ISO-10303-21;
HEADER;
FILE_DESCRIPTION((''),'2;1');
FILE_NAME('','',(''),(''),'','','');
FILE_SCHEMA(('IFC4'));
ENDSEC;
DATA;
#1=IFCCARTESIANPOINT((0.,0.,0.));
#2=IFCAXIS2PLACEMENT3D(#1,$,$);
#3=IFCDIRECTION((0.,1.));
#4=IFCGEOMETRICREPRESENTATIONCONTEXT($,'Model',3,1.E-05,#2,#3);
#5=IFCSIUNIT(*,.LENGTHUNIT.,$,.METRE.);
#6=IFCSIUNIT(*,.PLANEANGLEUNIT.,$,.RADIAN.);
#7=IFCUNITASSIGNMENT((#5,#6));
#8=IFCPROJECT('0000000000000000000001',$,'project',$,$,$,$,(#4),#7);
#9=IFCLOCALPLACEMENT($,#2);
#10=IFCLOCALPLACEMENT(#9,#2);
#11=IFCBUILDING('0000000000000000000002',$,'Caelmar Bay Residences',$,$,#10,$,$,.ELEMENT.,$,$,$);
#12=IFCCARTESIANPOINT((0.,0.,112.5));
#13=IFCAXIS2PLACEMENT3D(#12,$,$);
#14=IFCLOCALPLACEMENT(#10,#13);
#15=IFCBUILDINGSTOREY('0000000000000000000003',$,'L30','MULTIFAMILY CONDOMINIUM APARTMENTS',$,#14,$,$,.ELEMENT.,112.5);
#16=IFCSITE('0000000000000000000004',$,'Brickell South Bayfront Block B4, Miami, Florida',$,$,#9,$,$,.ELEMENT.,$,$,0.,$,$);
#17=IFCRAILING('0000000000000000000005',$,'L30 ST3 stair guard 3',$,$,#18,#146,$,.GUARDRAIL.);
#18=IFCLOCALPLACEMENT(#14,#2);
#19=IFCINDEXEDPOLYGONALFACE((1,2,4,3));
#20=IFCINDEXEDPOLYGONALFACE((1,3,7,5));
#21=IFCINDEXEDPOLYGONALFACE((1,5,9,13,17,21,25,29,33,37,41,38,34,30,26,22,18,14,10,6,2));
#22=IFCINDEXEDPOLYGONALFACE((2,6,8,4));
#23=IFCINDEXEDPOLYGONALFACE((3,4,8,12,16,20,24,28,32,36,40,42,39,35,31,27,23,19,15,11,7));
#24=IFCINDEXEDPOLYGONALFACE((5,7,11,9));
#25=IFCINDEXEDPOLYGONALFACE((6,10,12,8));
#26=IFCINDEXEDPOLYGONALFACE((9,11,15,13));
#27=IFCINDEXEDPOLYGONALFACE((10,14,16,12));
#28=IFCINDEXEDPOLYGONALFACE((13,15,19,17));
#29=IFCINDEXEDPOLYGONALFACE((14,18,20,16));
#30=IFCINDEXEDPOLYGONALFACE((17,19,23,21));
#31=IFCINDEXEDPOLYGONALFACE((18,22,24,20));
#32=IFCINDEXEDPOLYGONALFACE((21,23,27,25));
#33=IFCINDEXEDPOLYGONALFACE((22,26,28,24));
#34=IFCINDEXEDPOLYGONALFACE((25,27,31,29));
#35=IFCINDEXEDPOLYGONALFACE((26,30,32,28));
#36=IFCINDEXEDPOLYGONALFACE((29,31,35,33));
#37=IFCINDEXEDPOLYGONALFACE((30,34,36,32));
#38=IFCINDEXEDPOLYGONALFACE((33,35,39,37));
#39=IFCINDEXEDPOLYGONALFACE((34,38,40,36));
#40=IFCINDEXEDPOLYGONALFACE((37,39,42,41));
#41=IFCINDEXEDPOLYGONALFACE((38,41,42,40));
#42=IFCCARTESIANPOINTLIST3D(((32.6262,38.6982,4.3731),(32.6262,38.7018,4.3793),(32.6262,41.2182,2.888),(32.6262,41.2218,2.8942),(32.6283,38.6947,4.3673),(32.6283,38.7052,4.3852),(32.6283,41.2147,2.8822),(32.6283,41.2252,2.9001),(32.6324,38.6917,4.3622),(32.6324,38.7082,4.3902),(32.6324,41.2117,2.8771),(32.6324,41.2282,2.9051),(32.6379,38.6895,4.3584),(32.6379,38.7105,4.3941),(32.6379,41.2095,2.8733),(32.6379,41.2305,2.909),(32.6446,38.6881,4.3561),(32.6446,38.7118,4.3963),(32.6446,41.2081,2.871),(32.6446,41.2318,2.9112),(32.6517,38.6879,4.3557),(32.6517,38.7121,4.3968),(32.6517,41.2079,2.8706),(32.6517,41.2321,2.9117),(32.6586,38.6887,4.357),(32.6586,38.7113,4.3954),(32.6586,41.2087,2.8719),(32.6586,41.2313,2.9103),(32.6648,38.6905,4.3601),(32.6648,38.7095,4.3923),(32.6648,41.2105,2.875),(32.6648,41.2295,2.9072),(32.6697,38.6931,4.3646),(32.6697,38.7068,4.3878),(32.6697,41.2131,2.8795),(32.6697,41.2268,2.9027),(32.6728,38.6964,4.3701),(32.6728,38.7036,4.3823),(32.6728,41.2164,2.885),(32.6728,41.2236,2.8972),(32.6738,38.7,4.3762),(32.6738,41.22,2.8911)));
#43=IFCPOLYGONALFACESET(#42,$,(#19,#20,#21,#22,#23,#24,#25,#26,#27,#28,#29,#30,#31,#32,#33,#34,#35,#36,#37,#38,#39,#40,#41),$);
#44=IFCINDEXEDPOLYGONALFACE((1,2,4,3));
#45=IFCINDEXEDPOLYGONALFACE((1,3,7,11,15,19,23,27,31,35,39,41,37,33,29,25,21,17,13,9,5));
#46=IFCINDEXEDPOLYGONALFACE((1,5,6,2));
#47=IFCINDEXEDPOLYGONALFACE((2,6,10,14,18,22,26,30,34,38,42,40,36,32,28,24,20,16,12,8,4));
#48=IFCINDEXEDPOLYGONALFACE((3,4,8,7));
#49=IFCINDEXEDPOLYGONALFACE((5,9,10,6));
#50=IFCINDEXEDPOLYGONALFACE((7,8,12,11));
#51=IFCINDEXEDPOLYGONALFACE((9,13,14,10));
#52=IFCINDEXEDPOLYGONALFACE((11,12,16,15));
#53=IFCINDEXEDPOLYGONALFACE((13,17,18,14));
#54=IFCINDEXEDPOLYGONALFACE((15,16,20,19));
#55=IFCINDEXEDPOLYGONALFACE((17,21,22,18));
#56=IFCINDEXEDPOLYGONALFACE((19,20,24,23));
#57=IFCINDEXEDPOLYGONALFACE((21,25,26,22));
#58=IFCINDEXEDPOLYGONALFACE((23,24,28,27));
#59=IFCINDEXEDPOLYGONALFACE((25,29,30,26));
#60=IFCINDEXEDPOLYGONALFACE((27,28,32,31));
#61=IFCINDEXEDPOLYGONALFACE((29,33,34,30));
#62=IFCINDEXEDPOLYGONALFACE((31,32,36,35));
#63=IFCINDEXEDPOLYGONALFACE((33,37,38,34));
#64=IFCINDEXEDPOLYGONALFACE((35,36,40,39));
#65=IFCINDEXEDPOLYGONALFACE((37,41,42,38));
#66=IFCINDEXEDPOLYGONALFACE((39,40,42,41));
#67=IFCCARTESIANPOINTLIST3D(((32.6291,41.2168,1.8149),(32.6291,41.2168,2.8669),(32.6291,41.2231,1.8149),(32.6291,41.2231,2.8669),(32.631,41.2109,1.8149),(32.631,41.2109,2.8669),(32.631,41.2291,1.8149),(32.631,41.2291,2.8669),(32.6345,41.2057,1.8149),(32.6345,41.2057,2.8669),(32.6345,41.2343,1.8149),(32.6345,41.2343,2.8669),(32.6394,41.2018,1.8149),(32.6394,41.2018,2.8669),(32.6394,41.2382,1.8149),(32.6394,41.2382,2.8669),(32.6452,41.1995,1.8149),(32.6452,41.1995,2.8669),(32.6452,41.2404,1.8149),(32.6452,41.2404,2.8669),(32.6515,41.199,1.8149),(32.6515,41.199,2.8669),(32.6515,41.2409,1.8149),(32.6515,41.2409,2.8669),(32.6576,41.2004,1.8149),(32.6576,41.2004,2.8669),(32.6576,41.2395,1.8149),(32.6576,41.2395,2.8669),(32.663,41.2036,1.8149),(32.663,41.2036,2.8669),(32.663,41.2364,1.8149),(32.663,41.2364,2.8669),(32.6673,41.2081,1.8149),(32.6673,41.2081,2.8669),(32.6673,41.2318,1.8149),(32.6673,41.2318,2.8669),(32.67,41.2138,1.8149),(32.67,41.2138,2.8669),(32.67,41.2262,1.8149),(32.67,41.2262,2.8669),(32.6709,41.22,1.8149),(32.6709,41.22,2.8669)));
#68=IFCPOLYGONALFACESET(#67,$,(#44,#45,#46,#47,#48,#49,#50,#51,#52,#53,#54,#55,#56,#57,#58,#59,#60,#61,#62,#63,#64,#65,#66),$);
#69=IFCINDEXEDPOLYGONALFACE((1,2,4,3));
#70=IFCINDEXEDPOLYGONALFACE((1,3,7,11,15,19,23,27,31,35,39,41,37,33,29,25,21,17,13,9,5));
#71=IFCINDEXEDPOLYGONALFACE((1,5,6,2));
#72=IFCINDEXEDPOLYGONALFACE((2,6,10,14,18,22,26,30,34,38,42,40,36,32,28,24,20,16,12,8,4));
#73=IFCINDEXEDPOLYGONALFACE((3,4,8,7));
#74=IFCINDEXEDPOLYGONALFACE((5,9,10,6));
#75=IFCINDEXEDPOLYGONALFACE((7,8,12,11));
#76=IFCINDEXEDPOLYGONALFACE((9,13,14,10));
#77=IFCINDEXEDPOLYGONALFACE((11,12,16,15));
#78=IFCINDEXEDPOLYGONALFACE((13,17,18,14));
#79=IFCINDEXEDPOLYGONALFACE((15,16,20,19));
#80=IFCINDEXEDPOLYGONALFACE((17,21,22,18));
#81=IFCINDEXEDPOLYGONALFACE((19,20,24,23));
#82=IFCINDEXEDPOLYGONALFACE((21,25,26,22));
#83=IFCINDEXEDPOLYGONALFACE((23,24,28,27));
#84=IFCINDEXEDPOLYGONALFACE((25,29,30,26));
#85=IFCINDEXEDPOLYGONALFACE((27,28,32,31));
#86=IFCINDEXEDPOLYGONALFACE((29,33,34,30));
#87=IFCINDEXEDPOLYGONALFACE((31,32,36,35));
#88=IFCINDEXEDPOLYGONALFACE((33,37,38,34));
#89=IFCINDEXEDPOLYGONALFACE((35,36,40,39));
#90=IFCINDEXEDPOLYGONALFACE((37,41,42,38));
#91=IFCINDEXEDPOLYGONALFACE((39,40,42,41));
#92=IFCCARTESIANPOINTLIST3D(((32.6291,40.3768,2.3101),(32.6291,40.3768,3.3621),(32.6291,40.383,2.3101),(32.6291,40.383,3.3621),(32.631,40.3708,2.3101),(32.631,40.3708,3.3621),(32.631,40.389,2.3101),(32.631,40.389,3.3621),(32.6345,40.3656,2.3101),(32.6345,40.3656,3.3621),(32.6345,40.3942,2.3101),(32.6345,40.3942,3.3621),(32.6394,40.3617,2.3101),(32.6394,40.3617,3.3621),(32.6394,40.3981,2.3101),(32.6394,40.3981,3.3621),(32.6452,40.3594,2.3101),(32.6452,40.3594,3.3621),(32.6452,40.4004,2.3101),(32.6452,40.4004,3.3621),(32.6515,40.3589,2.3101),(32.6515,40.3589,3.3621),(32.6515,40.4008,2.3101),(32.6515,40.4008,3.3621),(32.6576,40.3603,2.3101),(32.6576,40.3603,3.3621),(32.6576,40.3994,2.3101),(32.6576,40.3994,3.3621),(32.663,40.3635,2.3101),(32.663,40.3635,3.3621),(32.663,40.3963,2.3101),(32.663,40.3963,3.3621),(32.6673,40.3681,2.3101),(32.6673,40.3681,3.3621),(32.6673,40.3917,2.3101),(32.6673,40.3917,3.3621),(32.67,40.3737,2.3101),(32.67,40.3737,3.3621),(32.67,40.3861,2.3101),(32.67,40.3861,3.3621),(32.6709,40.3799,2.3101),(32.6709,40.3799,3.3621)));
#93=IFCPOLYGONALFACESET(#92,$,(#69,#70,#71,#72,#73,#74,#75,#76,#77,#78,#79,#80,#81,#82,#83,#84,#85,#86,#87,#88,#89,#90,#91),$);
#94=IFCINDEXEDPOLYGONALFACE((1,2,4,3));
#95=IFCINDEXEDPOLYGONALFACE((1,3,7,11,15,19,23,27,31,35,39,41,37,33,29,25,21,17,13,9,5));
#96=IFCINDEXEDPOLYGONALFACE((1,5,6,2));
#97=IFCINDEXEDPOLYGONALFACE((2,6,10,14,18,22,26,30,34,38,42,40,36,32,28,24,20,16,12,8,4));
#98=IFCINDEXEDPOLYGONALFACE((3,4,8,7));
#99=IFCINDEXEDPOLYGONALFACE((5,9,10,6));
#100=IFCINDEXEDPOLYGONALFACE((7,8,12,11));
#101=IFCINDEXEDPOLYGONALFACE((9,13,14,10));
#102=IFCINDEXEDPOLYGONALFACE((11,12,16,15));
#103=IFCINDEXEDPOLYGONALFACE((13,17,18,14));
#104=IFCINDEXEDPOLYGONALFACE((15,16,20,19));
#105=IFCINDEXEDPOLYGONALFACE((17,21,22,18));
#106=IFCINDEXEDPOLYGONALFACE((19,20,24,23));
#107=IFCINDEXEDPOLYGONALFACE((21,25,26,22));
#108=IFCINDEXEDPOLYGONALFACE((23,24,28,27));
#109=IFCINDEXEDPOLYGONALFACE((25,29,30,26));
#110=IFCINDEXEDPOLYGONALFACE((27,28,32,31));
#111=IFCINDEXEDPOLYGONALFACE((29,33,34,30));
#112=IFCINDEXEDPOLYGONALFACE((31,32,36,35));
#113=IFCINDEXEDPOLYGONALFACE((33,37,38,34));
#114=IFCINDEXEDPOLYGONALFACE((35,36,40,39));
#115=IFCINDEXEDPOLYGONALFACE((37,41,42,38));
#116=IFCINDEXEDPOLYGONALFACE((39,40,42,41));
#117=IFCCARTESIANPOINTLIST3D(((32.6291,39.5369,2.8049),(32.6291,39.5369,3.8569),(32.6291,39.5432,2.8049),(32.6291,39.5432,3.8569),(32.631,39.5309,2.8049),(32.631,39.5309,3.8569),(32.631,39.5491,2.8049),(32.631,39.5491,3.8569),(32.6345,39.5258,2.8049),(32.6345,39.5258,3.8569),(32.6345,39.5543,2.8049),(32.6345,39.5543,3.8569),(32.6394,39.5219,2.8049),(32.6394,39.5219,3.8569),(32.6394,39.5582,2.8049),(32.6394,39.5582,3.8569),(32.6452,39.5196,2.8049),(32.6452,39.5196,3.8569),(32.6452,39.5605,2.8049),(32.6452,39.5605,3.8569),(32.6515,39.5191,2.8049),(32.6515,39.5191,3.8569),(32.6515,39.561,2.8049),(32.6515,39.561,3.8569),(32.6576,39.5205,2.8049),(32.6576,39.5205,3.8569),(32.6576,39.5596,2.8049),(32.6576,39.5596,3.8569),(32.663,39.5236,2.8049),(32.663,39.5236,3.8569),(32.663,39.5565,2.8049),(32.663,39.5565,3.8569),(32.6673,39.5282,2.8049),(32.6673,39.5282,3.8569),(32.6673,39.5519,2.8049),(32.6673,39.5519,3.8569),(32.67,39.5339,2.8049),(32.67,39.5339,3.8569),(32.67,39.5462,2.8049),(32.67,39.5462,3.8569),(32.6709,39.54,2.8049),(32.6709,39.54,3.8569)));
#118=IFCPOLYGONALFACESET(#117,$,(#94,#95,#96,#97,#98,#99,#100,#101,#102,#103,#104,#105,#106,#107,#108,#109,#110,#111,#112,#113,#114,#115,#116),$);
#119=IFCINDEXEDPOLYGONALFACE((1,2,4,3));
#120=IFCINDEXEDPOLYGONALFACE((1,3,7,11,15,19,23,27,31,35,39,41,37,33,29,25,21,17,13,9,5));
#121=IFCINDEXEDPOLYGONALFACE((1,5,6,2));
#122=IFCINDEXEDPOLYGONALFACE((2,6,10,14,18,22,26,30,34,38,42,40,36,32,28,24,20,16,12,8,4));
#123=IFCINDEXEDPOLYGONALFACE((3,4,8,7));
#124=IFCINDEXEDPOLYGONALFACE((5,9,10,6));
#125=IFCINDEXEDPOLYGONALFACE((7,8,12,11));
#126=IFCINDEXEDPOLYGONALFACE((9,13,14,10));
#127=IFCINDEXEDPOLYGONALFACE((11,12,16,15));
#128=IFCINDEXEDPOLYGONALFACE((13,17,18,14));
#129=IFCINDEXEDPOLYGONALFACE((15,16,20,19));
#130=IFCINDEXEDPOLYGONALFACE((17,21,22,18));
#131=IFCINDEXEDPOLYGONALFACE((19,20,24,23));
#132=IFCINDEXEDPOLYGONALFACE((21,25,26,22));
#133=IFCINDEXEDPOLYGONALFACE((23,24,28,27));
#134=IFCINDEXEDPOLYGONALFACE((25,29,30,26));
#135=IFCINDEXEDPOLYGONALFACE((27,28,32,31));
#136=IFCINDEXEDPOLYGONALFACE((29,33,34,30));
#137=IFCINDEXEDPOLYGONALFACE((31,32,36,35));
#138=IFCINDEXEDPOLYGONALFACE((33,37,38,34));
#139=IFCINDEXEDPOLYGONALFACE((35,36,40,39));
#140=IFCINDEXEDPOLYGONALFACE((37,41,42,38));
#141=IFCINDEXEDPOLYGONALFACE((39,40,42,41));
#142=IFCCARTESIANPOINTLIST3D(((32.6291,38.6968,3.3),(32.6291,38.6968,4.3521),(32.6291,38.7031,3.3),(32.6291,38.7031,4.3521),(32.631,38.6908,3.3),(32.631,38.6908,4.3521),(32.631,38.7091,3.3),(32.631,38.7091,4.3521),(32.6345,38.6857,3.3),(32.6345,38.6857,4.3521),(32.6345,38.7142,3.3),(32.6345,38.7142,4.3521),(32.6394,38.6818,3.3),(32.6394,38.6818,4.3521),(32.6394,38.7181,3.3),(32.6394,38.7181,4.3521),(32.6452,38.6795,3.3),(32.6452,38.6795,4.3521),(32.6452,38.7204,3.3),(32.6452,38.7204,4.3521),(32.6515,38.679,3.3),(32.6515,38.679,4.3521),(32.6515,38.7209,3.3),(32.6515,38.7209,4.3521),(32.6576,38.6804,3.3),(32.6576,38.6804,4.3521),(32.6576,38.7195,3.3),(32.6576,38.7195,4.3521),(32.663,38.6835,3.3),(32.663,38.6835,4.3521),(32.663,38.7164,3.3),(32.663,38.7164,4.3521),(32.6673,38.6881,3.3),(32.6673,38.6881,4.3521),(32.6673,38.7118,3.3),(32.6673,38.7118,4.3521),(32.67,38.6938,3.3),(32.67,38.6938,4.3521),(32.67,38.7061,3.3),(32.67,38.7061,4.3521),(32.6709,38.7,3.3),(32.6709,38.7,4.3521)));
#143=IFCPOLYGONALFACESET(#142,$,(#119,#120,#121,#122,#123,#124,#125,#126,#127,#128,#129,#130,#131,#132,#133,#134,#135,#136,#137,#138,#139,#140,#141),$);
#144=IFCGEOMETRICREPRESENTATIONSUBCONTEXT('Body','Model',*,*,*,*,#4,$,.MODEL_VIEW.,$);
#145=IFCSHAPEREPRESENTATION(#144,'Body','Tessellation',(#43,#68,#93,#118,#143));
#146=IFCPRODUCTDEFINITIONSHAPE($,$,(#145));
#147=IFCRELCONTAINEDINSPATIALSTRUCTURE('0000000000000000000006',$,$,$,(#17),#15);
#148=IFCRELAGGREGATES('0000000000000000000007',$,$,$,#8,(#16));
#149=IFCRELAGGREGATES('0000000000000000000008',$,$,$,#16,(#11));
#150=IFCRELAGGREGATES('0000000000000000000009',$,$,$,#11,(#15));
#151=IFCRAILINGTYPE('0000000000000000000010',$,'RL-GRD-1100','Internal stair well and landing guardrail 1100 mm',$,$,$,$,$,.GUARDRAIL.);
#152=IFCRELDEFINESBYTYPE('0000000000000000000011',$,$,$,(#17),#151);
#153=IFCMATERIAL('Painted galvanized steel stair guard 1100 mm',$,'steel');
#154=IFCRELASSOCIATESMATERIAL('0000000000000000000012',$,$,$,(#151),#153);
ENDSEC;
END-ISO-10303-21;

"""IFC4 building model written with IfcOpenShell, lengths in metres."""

from ifc_helpers import new_model, si_unit, direction, frame, origin, origin_2d, place, context, subcontext, project, spatial, circle, extrude, material, type_object, element, save


model = new_model("IFC4")

# Units and contexts
model_context = context("Model", 3, precision=1e-05, world=origin(), true_north=direction((0.0, 1.0)))
body_context = subcontext(model_context, "Body", "Model", "MODEL_VIEW")
ifc_project = project(units=[si_unit("LENGTHUNIT", "METRE"), si_unit("PLANEANGLEUNIT", "RADIAN")], contexts=[model_context])

# Site, building, storey
site_placement = place(None, origin())
site = spatial("IfcSite", under=ifc_project, at=site_placement, Name="Brickell South Bayfront Block B4, Miami, Florida", CompositionType="ELEMENT", RefElevation=0.0)
building_placement = place(site_placement, origin())
building = spatial("IfcBuilding", under=site, at=building_placement, Name="Caelmar Bay Residences", CompositionType="ELEMENT")
storey_placement = place(building_placement, frame((0.0, 0.0, 112.5)))
storey = spatial("IfcBuildingStorey", under=building, at=storey_placement, Name="L30", Description="MULTIFAMILY CONDOMINIUM APARTMENTS", CompositionType="ELEMENT", Elevation=112.5)

# Railing
ifc_material_1 = material(Name="Painted galvanized steel stair guard 1100 mm", Category="steel")
railing_type_1 = type_object("IfcRailingType", Name="RL-GRD-1100", Description="Internal stair well and landing guardrail 1100 mm", PredefinedType="GUARDRAIL", material=ifc_material_1)
railing_1_placement = place(storey_placement, frame((32.6499, 41.22, 1.8149)))
element("IfcRailing", 1, at=railing_1_placement, inside=storey, type_object=railing_type_1, Name="L30 ST3 stair guard 3", PredefinedType="GUARDRAIL", context=body_context, shape_type="SweptSolid", body=[
    extrude(circle(Radius=0.0239, at=origin_2d()), frame((0.0, 0.0, 1.0762), z_axis=(0.0, -0.861524, 0.507717), x_axis=(1.0, 0.0, 0.0)), (0.0, 0.0, 1.0), 2.925),
    extrude(circle(Radius=0.021, at=origin_2d()), origin(), (0.0, 0.0, 1.0), 1.052),
    extrude(circle(Radius=0.021, at=origin_2d()), frame((0.0, -0.8401, 0.4951)), (0.0, 0.0, 1.0), 1.052),
    extrude(circle(Radius=0.021, at=origin_2d()), frame((0.0, -1.6799, 0.99)), (0.0, 0.0, 1.0), 1.052),
    extrude(circle(Radius=0.021, at=origin_2d()), frame((0.0, -2.52, 1.4851)), (0.0, 0.0, 1.0), 1.052),
])

save(model, "model.ifc")
